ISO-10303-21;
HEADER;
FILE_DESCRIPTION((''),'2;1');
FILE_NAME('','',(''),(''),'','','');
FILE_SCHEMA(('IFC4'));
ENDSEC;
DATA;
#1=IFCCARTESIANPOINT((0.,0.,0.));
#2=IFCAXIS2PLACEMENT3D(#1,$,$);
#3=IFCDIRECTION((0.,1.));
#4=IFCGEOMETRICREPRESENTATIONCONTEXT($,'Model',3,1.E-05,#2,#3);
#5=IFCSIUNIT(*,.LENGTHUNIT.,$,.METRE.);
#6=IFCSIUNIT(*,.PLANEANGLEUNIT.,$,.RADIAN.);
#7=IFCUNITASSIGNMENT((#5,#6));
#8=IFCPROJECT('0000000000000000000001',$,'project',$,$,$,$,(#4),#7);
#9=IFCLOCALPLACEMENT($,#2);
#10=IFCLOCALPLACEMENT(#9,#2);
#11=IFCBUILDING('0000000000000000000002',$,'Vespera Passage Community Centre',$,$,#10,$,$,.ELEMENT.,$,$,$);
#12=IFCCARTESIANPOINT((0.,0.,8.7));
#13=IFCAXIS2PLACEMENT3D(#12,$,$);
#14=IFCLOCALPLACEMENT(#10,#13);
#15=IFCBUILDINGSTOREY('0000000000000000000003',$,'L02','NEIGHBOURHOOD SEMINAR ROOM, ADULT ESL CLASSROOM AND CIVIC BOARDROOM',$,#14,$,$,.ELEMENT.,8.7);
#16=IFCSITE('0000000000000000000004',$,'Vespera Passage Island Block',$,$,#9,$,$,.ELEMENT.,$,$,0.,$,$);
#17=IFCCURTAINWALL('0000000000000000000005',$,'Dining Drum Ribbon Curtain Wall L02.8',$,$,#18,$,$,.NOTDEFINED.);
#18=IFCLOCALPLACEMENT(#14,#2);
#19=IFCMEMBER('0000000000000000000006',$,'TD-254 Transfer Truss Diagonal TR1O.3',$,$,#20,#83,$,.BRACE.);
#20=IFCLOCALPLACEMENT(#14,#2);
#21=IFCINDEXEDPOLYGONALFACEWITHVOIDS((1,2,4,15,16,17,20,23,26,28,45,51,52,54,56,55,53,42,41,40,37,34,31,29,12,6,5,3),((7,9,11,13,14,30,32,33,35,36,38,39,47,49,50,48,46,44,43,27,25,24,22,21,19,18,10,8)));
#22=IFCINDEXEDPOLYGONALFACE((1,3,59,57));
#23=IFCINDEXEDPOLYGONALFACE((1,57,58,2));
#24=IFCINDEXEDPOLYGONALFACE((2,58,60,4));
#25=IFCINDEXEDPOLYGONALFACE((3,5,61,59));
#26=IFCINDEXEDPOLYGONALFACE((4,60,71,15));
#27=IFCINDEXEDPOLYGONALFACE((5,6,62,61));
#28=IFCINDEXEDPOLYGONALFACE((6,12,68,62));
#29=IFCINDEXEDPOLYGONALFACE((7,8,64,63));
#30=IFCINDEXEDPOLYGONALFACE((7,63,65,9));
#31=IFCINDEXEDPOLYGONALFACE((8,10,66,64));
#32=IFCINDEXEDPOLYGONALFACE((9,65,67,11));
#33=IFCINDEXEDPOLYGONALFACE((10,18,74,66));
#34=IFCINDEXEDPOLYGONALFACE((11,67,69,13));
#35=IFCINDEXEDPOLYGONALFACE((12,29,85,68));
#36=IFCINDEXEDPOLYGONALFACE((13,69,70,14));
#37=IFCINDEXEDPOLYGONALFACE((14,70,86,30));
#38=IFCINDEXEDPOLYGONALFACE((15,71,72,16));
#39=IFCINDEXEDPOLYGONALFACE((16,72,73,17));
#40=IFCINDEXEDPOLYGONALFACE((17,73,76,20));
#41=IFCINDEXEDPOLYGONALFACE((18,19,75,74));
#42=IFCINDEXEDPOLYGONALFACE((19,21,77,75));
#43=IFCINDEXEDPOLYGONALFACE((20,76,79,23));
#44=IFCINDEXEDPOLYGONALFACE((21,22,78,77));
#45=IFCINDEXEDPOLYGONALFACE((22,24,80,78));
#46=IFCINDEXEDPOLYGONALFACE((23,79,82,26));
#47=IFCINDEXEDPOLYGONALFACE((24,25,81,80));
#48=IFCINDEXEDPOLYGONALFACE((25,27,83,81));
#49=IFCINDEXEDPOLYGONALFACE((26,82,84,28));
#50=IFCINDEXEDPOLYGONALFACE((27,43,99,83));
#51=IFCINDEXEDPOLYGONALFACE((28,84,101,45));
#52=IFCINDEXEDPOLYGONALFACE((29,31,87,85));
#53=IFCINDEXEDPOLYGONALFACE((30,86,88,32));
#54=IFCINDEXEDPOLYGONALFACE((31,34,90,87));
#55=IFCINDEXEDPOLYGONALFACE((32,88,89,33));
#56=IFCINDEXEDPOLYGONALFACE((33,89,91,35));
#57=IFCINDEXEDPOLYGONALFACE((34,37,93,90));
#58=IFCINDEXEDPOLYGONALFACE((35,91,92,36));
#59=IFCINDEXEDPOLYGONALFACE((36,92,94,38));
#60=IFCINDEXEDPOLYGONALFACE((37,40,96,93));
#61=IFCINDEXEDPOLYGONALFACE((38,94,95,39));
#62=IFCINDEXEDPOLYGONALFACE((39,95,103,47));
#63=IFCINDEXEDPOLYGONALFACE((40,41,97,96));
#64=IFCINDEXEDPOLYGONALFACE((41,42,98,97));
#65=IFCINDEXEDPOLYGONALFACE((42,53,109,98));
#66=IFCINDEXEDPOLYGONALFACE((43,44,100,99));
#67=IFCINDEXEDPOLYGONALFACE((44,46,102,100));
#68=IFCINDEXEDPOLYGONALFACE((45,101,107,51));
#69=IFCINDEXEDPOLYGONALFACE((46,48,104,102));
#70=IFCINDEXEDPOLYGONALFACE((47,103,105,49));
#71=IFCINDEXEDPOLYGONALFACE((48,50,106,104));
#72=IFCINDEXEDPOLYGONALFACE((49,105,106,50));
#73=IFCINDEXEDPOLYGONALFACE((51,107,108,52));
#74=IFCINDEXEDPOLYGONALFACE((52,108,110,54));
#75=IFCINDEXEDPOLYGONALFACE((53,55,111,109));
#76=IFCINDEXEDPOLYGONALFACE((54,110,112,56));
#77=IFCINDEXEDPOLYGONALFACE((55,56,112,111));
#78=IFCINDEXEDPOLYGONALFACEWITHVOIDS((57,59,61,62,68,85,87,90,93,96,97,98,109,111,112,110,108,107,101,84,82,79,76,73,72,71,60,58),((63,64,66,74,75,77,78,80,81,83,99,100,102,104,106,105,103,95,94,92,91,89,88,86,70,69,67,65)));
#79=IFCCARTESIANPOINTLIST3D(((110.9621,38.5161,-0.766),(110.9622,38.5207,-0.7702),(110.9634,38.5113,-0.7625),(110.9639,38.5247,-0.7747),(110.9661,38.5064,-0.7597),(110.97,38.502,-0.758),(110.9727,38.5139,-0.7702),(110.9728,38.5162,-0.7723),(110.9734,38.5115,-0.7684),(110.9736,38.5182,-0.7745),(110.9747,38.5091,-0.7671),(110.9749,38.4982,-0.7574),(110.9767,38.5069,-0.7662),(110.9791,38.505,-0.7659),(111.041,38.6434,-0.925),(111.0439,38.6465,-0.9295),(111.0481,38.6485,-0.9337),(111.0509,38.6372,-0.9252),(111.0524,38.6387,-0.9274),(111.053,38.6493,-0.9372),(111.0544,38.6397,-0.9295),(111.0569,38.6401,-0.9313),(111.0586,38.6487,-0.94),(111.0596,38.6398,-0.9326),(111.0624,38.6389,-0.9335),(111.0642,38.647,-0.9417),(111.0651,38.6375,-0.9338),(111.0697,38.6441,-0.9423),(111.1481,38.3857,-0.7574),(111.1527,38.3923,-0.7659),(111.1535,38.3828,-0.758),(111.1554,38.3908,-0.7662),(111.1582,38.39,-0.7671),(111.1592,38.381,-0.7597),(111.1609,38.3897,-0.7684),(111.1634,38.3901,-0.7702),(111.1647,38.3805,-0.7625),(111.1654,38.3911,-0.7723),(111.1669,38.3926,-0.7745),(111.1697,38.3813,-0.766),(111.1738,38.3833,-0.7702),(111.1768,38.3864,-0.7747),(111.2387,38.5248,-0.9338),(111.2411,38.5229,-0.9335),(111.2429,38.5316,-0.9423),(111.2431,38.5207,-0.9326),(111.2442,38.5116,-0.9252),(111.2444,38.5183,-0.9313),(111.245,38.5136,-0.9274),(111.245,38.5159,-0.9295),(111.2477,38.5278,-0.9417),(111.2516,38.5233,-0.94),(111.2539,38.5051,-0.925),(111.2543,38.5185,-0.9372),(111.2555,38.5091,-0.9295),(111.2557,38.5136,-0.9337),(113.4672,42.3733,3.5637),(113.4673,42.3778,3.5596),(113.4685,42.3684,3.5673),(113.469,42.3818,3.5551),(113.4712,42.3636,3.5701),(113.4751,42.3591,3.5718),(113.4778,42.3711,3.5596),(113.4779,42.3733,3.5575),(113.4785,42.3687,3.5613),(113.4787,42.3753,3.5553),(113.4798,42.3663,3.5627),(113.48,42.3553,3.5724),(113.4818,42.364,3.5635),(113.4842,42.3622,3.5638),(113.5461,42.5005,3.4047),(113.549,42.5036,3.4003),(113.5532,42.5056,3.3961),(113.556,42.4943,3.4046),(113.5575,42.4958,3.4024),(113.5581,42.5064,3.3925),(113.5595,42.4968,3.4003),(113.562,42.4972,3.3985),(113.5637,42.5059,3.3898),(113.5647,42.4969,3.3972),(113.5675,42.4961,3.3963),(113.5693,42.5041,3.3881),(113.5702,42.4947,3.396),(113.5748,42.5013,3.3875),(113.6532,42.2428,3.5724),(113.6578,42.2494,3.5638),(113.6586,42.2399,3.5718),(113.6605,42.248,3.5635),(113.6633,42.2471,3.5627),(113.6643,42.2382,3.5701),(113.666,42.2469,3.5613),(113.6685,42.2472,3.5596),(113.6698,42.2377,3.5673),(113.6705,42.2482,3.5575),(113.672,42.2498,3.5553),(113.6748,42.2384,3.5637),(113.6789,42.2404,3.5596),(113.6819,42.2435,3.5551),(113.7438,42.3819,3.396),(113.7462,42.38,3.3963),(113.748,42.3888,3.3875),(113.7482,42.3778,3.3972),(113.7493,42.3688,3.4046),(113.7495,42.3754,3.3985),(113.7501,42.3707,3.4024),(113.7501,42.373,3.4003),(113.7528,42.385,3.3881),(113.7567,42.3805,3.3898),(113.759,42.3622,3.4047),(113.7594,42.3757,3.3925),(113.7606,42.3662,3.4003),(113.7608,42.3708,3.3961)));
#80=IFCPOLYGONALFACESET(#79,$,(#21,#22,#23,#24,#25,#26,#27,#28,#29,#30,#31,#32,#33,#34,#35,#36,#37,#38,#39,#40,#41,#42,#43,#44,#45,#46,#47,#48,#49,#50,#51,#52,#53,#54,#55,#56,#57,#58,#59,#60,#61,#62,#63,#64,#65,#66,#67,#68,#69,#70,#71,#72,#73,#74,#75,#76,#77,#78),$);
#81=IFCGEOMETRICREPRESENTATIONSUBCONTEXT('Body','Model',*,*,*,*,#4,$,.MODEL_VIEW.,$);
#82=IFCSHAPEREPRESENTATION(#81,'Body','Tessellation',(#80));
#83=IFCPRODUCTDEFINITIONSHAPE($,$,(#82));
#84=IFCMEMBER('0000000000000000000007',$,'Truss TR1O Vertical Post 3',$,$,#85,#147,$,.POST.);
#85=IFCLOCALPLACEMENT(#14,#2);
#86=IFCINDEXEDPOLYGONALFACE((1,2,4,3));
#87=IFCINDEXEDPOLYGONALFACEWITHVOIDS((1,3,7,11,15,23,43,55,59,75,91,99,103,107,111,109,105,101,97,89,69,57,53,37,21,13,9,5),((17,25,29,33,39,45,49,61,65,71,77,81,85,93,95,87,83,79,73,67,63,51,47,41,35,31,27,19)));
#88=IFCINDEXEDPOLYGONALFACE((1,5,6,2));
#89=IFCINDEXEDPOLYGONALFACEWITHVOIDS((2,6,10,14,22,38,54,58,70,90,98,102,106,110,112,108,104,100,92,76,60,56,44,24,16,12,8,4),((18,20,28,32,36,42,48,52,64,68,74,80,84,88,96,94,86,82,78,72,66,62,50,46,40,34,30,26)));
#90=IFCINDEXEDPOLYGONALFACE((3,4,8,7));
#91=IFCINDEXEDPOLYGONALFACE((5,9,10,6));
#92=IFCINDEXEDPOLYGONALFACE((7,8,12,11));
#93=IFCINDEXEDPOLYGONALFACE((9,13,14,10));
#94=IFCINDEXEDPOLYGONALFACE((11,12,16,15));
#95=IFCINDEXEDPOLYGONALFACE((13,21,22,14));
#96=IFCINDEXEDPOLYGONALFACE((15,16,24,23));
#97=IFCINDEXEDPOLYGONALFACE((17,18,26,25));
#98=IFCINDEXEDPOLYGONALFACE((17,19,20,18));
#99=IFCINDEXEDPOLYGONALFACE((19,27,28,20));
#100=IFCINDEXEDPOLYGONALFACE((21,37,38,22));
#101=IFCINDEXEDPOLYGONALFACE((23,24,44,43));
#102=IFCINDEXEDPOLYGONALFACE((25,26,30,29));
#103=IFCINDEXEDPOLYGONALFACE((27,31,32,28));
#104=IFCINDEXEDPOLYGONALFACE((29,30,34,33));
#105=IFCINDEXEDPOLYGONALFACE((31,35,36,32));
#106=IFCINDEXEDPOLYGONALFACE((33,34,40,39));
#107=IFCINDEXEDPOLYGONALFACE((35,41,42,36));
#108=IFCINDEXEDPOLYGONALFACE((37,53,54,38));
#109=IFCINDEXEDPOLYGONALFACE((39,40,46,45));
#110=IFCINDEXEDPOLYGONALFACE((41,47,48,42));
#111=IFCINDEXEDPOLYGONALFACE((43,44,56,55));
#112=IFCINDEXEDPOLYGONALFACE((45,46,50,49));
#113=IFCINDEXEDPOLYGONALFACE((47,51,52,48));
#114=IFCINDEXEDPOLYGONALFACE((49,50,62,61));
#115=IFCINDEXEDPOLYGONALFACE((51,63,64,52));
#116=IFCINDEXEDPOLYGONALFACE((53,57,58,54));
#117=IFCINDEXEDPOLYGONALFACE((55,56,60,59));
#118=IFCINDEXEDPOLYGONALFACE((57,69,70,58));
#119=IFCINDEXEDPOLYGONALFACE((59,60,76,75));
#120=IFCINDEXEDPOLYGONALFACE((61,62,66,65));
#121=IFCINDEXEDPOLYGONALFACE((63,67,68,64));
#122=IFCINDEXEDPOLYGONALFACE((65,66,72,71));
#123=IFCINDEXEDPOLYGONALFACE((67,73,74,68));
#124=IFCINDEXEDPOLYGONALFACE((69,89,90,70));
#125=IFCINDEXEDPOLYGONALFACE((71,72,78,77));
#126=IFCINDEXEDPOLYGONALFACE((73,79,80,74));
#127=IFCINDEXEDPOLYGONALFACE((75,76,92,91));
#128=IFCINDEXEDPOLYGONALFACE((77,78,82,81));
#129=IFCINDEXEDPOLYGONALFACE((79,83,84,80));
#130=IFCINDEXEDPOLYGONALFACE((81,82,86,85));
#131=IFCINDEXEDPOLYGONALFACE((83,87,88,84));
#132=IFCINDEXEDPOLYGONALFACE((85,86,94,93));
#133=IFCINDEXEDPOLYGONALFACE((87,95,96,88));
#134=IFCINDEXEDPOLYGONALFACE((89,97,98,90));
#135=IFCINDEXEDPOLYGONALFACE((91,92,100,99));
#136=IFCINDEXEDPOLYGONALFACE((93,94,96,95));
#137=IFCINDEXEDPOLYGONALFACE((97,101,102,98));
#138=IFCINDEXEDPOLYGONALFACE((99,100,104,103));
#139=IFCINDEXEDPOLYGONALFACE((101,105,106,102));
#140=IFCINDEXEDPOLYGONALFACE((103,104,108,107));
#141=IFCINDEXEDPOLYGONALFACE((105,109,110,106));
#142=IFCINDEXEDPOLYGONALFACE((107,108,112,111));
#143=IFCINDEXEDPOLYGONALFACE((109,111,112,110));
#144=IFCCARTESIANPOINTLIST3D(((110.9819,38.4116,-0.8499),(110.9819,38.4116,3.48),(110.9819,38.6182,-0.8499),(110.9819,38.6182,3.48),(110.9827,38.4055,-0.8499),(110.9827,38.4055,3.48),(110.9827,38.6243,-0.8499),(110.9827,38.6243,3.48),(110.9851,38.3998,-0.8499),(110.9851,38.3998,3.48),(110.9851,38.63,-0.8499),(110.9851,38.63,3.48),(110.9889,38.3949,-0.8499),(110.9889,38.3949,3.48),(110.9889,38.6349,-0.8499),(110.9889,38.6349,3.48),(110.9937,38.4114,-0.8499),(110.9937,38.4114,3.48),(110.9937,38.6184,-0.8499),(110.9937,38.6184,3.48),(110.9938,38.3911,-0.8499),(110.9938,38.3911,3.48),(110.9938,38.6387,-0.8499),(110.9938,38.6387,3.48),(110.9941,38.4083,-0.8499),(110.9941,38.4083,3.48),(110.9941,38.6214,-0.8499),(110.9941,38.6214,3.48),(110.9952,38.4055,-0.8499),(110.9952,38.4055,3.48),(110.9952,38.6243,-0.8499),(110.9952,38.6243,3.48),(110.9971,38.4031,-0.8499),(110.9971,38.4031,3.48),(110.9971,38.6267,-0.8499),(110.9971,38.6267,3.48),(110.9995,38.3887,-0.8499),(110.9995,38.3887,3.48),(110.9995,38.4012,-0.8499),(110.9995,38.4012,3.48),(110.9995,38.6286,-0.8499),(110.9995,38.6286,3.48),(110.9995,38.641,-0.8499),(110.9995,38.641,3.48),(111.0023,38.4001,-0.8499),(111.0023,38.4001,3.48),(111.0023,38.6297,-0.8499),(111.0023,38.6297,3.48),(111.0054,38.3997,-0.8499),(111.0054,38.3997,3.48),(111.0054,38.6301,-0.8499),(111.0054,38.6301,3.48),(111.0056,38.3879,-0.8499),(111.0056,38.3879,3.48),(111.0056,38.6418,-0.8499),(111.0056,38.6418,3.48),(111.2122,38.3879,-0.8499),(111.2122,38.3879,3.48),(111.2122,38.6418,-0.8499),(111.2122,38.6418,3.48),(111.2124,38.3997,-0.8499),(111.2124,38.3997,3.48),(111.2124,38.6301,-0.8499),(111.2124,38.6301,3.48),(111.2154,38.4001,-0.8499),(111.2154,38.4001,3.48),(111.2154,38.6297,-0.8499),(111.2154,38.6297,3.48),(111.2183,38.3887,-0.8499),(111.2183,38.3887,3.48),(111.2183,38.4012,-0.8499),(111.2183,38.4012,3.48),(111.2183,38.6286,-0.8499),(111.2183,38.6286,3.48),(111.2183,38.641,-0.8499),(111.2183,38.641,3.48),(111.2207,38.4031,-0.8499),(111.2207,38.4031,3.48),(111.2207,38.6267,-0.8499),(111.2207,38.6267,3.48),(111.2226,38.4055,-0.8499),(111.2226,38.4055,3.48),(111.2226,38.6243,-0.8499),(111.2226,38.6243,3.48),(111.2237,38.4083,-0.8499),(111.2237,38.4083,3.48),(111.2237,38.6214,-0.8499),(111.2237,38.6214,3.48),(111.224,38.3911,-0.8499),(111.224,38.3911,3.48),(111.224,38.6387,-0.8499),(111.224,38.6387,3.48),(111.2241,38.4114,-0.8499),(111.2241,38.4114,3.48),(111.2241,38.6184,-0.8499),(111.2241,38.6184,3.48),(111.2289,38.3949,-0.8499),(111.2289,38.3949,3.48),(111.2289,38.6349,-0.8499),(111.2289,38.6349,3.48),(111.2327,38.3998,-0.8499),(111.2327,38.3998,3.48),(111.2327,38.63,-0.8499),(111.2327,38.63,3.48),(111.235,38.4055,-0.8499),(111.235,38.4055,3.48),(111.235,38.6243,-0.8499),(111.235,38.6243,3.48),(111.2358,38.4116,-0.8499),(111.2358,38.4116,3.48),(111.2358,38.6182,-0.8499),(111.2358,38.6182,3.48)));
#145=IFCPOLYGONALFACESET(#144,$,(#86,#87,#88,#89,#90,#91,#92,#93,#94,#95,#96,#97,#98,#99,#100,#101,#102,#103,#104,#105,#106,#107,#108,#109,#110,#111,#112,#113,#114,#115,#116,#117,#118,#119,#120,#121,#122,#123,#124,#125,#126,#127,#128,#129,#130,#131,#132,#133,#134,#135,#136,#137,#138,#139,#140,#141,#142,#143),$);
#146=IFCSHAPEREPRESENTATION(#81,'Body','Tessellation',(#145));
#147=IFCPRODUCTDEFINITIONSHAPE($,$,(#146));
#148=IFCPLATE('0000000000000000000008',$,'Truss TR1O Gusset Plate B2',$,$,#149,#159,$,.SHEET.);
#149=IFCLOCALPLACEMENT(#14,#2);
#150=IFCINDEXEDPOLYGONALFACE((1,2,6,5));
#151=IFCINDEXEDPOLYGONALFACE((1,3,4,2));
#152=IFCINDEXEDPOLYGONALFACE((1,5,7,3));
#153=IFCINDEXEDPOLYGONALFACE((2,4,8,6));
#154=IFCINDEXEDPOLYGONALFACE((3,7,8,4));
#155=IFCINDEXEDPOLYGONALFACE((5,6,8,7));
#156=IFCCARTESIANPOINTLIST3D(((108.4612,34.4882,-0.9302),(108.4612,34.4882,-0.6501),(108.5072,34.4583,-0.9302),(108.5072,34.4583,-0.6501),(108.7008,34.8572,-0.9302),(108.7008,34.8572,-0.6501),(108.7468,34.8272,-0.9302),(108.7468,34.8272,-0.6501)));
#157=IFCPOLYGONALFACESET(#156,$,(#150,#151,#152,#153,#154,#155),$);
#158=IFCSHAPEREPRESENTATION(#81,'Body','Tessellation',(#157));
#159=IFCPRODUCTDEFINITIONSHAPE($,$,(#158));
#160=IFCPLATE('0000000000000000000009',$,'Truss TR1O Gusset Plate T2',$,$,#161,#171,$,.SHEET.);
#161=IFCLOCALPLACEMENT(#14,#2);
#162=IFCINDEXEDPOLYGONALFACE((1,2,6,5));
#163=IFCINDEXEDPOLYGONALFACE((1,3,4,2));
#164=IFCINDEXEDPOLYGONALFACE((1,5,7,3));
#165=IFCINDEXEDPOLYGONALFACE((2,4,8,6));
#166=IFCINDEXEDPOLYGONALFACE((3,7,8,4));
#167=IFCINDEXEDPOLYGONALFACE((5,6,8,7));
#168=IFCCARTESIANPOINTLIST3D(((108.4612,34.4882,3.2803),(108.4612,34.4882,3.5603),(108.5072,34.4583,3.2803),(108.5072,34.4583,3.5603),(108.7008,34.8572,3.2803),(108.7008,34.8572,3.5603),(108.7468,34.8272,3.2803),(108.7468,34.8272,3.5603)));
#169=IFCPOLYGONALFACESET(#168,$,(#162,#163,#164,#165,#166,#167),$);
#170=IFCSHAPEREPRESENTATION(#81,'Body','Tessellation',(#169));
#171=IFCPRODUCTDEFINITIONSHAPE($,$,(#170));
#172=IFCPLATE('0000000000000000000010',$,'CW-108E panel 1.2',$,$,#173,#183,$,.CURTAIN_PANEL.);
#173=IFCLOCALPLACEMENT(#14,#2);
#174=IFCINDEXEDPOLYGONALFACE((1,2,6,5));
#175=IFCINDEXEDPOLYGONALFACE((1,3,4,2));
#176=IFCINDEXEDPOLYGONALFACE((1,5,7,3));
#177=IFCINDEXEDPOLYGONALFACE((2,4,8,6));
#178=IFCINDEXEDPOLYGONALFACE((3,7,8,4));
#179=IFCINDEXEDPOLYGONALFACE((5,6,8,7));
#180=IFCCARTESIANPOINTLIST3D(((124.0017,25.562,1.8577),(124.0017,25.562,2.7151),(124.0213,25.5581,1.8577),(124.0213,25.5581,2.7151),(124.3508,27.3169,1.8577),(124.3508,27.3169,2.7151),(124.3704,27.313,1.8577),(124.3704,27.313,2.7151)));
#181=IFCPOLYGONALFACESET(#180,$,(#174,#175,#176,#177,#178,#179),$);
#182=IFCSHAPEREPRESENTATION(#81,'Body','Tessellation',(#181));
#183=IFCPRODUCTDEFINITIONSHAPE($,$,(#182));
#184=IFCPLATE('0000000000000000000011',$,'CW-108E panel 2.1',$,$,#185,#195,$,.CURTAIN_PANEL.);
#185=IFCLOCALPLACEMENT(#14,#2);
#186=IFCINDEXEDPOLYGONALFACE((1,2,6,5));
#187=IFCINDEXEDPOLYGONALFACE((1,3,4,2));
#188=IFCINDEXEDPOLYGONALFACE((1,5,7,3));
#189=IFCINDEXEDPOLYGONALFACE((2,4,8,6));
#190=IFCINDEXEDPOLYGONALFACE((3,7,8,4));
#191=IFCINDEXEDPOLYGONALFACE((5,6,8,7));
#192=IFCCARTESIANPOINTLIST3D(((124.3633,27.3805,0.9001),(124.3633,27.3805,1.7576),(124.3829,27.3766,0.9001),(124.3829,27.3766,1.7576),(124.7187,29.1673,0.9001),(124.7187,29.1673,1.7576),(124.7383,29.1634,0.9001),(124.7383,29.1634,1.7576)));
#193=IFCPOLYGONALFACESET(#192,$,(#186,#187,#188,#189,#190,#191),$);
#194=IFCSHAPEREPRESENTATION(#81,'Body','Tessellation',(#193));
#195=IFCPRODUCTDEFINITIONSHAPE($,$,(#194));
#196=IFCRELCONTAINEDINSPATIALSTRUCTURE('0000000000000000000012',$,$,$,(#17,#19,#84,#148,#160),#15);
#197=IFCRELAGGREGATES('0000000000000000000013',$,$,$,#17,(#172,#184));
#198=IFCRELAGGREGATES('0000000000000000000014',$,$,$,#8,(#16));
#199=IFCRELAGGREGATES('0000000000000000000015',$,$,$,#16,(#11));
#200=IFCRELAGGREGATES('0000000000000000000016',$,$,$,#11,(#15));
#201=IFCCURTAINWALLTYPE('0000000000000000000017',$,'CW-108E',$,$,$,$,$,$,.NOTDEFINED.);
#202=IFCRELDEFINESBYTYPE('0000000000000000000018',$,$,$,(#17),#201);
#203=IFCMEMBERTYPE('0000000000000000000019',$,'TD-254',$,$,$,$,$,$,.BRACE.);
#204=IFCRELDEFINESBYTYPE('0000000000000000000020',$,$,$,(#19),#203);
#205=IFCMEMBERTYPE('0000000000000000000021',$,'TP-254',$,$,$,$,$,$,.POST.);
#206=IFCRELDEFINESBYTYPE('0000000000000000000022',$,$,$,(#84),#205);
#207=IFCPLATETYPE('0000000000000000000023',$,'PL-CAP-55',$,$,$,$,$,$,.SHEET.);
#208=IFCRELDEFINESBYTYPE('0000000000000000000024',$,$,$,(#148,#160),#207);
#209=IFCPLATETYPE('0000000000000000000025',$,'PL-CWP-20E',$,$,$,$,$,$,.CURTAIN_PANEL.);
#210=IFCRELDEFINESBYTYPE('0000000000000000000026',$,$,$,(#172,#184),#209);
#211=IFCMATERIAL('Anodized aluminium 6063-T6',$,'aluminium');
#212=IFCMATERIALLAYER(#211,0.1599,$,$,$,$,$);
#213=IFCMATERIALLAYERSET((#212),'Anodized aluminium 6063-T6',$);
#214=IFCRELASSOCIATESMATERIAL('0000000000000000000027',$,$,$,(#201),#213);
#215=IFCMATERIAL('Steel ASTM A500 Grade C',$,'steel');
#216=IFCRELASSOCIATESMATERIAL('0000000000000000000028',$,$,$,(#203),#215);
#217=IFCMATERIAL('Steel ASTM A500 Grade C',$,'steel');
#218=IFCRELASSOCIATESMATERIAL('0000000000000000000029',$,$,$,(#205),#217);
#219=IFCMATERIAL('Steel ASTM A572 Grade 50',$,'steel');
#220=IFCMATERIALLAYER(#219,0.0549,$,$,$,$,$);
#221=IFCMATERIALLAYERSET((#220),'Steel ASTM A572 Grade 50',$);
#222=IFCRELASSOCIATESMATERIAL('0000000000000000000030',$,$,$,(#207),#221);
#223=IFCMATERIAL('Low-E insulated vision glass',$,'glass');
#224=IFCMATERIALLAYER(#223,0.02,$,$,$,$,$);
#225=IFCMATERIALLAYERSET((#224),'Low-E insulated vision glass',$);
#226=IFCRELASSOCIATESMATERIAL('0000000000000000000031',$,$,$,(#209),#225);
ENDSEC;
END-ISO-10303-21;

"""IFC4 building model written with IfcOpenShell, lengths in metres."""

from ifc_helpers import new_model, si_unit, direction, frame, origin, origin_2d, place, context, subcontext, project, spatial, rectangle, hollow_rectangle, extrude, material, layer, layer_set, material_profile, profile_set, type_object, element, aggregate, save


model = new_model("IFC4")

# Units and contexts
model_context = context("Model", 3, precision=1e-05, world=origin(), true_north=direction((0.0, 1.0)))
body_context = subcontext(model_context, "Body", "Model", "MODEL_VIEW")
ifc_project = project(units=[si_unit("LENGTHUNIT", "METRE"), si_unit("PLANEANGLEUNIT", "RADIAN")], contexts=[model_context])

# Site, building, storey
site_placement = place(None, origin())
site = spatial("IfcSite", under=ifc_project, at=site_placement, Name="Vespera Passage Island Block", CompositionType="ELEMENT", RefElevation=0.0)
building_placement = place(site_placement, origin())
building = spatial("IfcBuilding", under=site, at=building_placement, Name="Vespera Passage Community Centre", CompositionType="ELEMENT")
storey_placement = place(building_placement, frame((0.0, 0.0, 8.7)))
storey = spatial("IfcBuildingStorey", under=building, at=storey_placement, Name="L02", Description="NEIGHBOURHOOD SEMINAR ROOM, ADULT ESL CLASSROOM AND CIVIC BOARDROOM", CompositionType="ELEMENT", Elevation=8.7)

# Curtain wall
ifc_material_1 = material(Name="Anodized aluminium 6063-T6", Category="aluminium")
ifc_layer_1 = layer(ifc_material_1, 0.1599)
ifc_layer_set_1 = layer_set([ifc_layer_1], Name="Anodized aluminium 6063-T6")
curtain_wall_type = type_object("IfcCurtainWallType", Name="CW-108E", PredefinedType="NOTDEFINED", material=ifc_layer_set_1)
curtain_wall_placement = place(storey_placement, origin())
curtain_wall = element("IfcCurtainWall", 1, at=curtain_wall_placement, inside=storey, type_object=curtain_wall_type, Name="Dining Drum Ribbon Curtain Wall L02.8", PredefinedType="NOTDEFINED")

# Members
ifc_material_2 = material(Name="Steel ASTM A500 Grade C", Category="steel")
ifc_material_profile_1 = material_profile(ifc_material_2, hollow_rectangle(XDim=0.2539, YDim=0.2539, WallThickness=0.0117, InnerFilletRadius=0.0117, OuterFilletRadius=0.0237, at=origin_2d()), Name="HSS254X254X12.7")
ifc_profile_set_1 = profile_set([ifc_material_profile_1], Name="Steel ASTM A500 Grade C")
member_type_1 = type_object("IfcMemberType", Name="TD-254", PredefinedType="BRACE", material=ifc_profile_set_1)
member_1_placement = place(storey_placement, frame((111.1089, 38.5149, -0.8499), z_axis=(0.396587, 0.61063, 0.685456), x_axis=(-0.838646, 0.544677, 0.0)))
element("IfcMember", 2, at=member_1_placement, inside=storey, type_object=member_type_1, Name="TD-254 Transfer Truss Diagonal TR1O.3", PredefinedType="BRACE", context=body_context, shape_type="SweptSolid", body=[
    extrude(hollow_rectangle(XDim=0.2539, YDim=0.2539, WallThickness=0.0117, InnerFilletRadius=0.0117, OuterFilletRadius=0.0237, at=origin_2d()), origin(), (0.0, 0.0, 1.0), 6.3167),
])
ifc_material_3 = material(Name="Steel ASTM A500 Grade C", Category="steel")
ifc_material_profile_2 = material_profile(ifc_material_3, hollow_rectangle(XDim=0.2539, YDim=0.2539, WallThickness=0.0117, InnerFilletRadius=0.0117, OuterFilletRadius=0.0237, at=origin_2d()), Name="HSS254X254X12.7")
ifc_profile_set_2 = profile_set([ifc_material_profile_2], Name="Steel ASTM A500 Grade C")
member_type_2 = type_object("IfcMemberType", Name="TP-254", PredefinedType="POST", material=ifc_profile_set_2)
member_2_placement = place(storey_placement, frame((111.1089, 38.5149, -0.8499), z_axis=(0.0, 0.0, 1.0), x_axis=(1.0, 0.0, 0.0)))
element("IfcMember", 3, at=member_2_placement, inside=storey, type_object=member_type_2, Name="Truss TR1O Vertical Post 3", PredefinedType="POST", context=body_context, shape_type="SweptSolid", body=[
    extrude(hollow_rectangle(XDim=0.2539, YDim=0.2539, WallThickness=0.0117, InnerFilletRadius=0.0117, OuterFilletRadius=0.0237, at=origin_2d()), origin(), (0.0, 0.0, 1.0), 4.3298),
])

# Plates
ifc_material_4 = material(Name="Steel ASTM A572 Grade 50", Category="steel")
ifc_layer_2 = layer(ifc_material_4, 0.0549)
ifc_layer_set_2 = layer_set([ifc_layer_2], Name="Steel ASTM A572 Grade 50")
plate_type_1 = type_object("IfcPlateType", Name="PL-CAP-55", PredefinedType="SHEET", material=ifc_layer_set_2)
for number, where, z_axis, x_axis, name in (
    (4, (108.604, 34.6577, -0.9302), (0.0, 0.0, 1.0), (0.544639, 0.838671, 0.0), "Truss TR1O Gusset Plate B2"),
    (5, (108.604, 34.6577, 3.2803), (0.0, 0.0, 1.0), (0.544639, 0.838671, 0.0), "Truss TR1O Gusset Plate T2"),
):
    element("IfcPlate", number, at=place(storey_placement, frame(where, z_axis=z_axis, x_axis=x_axis)), inside=storey, type_object=plate_type_1, Name=name, PredefinedType="SHEET", context=body_context, shape_type="SweptSolid", body=[
        extrude(rectangle(XDim=0.4399, YDim=0.0549, at=origin_2d()), origin(), (0.0, 0.0, 1.0), 0.28),
    ])

# Plates
ifc_material_5 = material(Name="Low-E insulated vision glass", Category="glass")
ifc_layer_3 = layer(ifc_material_5, 0.02)
ifc_layer_set_3 = layer_set([ifc_layer_3], Name="Low-E insulated vision glass")
plate_type_2 = type_object("IfcPlateType", Name="PL-CWP-20E", PredefinedType="CURTAIN_PANEL", material=ifc_layer_set_3)
plate_1_placement = place(storey_placement, frame((124.186, 26.4375, 1.8577), z_axis=(0.0, 0.0, 1.0), x_axis=(0.195097, 0.980784, 0.0)))
plate_1 = element("IfcPlate", 6, at=plate_1_placement, type_object=plate_type_2, Name="CW-108E panel 1.2", PredefinedType="CURTAIN_PANEL", context=body_context, shape_type="SweptSolid", body=[
    extrude(rectangle(XDim=1.7893, YDim=0.02, at=origin_2d()), origin(), (0.0, 0.0, 1.0), 0.8574),
])
plate_2_placement = place(storey_placement, frame((124.5508, 28.272, 0.9001), z_axis=(0.0, 0.0, 1.0), x_axis=(0.195097, 0.980784, 0.0)))
plate_2 = element("IfcPlate", 7, at=plate_2_placement, type_object=plate_type_2, Name="CW-108E panel 2.1", PredefinedType="CURTAIN_PANEL", context=body_context, shape_type="SweptSolid", body=[
    extrude(rectangle(XDim=1.8218, YDim=0.02, at=origin_2d()), origin(), (0.0, 0.0, 1.0), 0.8574),
])
aggregate(curtain_wall, [plate_1, plate_2])

save(model, "model.ifc")
